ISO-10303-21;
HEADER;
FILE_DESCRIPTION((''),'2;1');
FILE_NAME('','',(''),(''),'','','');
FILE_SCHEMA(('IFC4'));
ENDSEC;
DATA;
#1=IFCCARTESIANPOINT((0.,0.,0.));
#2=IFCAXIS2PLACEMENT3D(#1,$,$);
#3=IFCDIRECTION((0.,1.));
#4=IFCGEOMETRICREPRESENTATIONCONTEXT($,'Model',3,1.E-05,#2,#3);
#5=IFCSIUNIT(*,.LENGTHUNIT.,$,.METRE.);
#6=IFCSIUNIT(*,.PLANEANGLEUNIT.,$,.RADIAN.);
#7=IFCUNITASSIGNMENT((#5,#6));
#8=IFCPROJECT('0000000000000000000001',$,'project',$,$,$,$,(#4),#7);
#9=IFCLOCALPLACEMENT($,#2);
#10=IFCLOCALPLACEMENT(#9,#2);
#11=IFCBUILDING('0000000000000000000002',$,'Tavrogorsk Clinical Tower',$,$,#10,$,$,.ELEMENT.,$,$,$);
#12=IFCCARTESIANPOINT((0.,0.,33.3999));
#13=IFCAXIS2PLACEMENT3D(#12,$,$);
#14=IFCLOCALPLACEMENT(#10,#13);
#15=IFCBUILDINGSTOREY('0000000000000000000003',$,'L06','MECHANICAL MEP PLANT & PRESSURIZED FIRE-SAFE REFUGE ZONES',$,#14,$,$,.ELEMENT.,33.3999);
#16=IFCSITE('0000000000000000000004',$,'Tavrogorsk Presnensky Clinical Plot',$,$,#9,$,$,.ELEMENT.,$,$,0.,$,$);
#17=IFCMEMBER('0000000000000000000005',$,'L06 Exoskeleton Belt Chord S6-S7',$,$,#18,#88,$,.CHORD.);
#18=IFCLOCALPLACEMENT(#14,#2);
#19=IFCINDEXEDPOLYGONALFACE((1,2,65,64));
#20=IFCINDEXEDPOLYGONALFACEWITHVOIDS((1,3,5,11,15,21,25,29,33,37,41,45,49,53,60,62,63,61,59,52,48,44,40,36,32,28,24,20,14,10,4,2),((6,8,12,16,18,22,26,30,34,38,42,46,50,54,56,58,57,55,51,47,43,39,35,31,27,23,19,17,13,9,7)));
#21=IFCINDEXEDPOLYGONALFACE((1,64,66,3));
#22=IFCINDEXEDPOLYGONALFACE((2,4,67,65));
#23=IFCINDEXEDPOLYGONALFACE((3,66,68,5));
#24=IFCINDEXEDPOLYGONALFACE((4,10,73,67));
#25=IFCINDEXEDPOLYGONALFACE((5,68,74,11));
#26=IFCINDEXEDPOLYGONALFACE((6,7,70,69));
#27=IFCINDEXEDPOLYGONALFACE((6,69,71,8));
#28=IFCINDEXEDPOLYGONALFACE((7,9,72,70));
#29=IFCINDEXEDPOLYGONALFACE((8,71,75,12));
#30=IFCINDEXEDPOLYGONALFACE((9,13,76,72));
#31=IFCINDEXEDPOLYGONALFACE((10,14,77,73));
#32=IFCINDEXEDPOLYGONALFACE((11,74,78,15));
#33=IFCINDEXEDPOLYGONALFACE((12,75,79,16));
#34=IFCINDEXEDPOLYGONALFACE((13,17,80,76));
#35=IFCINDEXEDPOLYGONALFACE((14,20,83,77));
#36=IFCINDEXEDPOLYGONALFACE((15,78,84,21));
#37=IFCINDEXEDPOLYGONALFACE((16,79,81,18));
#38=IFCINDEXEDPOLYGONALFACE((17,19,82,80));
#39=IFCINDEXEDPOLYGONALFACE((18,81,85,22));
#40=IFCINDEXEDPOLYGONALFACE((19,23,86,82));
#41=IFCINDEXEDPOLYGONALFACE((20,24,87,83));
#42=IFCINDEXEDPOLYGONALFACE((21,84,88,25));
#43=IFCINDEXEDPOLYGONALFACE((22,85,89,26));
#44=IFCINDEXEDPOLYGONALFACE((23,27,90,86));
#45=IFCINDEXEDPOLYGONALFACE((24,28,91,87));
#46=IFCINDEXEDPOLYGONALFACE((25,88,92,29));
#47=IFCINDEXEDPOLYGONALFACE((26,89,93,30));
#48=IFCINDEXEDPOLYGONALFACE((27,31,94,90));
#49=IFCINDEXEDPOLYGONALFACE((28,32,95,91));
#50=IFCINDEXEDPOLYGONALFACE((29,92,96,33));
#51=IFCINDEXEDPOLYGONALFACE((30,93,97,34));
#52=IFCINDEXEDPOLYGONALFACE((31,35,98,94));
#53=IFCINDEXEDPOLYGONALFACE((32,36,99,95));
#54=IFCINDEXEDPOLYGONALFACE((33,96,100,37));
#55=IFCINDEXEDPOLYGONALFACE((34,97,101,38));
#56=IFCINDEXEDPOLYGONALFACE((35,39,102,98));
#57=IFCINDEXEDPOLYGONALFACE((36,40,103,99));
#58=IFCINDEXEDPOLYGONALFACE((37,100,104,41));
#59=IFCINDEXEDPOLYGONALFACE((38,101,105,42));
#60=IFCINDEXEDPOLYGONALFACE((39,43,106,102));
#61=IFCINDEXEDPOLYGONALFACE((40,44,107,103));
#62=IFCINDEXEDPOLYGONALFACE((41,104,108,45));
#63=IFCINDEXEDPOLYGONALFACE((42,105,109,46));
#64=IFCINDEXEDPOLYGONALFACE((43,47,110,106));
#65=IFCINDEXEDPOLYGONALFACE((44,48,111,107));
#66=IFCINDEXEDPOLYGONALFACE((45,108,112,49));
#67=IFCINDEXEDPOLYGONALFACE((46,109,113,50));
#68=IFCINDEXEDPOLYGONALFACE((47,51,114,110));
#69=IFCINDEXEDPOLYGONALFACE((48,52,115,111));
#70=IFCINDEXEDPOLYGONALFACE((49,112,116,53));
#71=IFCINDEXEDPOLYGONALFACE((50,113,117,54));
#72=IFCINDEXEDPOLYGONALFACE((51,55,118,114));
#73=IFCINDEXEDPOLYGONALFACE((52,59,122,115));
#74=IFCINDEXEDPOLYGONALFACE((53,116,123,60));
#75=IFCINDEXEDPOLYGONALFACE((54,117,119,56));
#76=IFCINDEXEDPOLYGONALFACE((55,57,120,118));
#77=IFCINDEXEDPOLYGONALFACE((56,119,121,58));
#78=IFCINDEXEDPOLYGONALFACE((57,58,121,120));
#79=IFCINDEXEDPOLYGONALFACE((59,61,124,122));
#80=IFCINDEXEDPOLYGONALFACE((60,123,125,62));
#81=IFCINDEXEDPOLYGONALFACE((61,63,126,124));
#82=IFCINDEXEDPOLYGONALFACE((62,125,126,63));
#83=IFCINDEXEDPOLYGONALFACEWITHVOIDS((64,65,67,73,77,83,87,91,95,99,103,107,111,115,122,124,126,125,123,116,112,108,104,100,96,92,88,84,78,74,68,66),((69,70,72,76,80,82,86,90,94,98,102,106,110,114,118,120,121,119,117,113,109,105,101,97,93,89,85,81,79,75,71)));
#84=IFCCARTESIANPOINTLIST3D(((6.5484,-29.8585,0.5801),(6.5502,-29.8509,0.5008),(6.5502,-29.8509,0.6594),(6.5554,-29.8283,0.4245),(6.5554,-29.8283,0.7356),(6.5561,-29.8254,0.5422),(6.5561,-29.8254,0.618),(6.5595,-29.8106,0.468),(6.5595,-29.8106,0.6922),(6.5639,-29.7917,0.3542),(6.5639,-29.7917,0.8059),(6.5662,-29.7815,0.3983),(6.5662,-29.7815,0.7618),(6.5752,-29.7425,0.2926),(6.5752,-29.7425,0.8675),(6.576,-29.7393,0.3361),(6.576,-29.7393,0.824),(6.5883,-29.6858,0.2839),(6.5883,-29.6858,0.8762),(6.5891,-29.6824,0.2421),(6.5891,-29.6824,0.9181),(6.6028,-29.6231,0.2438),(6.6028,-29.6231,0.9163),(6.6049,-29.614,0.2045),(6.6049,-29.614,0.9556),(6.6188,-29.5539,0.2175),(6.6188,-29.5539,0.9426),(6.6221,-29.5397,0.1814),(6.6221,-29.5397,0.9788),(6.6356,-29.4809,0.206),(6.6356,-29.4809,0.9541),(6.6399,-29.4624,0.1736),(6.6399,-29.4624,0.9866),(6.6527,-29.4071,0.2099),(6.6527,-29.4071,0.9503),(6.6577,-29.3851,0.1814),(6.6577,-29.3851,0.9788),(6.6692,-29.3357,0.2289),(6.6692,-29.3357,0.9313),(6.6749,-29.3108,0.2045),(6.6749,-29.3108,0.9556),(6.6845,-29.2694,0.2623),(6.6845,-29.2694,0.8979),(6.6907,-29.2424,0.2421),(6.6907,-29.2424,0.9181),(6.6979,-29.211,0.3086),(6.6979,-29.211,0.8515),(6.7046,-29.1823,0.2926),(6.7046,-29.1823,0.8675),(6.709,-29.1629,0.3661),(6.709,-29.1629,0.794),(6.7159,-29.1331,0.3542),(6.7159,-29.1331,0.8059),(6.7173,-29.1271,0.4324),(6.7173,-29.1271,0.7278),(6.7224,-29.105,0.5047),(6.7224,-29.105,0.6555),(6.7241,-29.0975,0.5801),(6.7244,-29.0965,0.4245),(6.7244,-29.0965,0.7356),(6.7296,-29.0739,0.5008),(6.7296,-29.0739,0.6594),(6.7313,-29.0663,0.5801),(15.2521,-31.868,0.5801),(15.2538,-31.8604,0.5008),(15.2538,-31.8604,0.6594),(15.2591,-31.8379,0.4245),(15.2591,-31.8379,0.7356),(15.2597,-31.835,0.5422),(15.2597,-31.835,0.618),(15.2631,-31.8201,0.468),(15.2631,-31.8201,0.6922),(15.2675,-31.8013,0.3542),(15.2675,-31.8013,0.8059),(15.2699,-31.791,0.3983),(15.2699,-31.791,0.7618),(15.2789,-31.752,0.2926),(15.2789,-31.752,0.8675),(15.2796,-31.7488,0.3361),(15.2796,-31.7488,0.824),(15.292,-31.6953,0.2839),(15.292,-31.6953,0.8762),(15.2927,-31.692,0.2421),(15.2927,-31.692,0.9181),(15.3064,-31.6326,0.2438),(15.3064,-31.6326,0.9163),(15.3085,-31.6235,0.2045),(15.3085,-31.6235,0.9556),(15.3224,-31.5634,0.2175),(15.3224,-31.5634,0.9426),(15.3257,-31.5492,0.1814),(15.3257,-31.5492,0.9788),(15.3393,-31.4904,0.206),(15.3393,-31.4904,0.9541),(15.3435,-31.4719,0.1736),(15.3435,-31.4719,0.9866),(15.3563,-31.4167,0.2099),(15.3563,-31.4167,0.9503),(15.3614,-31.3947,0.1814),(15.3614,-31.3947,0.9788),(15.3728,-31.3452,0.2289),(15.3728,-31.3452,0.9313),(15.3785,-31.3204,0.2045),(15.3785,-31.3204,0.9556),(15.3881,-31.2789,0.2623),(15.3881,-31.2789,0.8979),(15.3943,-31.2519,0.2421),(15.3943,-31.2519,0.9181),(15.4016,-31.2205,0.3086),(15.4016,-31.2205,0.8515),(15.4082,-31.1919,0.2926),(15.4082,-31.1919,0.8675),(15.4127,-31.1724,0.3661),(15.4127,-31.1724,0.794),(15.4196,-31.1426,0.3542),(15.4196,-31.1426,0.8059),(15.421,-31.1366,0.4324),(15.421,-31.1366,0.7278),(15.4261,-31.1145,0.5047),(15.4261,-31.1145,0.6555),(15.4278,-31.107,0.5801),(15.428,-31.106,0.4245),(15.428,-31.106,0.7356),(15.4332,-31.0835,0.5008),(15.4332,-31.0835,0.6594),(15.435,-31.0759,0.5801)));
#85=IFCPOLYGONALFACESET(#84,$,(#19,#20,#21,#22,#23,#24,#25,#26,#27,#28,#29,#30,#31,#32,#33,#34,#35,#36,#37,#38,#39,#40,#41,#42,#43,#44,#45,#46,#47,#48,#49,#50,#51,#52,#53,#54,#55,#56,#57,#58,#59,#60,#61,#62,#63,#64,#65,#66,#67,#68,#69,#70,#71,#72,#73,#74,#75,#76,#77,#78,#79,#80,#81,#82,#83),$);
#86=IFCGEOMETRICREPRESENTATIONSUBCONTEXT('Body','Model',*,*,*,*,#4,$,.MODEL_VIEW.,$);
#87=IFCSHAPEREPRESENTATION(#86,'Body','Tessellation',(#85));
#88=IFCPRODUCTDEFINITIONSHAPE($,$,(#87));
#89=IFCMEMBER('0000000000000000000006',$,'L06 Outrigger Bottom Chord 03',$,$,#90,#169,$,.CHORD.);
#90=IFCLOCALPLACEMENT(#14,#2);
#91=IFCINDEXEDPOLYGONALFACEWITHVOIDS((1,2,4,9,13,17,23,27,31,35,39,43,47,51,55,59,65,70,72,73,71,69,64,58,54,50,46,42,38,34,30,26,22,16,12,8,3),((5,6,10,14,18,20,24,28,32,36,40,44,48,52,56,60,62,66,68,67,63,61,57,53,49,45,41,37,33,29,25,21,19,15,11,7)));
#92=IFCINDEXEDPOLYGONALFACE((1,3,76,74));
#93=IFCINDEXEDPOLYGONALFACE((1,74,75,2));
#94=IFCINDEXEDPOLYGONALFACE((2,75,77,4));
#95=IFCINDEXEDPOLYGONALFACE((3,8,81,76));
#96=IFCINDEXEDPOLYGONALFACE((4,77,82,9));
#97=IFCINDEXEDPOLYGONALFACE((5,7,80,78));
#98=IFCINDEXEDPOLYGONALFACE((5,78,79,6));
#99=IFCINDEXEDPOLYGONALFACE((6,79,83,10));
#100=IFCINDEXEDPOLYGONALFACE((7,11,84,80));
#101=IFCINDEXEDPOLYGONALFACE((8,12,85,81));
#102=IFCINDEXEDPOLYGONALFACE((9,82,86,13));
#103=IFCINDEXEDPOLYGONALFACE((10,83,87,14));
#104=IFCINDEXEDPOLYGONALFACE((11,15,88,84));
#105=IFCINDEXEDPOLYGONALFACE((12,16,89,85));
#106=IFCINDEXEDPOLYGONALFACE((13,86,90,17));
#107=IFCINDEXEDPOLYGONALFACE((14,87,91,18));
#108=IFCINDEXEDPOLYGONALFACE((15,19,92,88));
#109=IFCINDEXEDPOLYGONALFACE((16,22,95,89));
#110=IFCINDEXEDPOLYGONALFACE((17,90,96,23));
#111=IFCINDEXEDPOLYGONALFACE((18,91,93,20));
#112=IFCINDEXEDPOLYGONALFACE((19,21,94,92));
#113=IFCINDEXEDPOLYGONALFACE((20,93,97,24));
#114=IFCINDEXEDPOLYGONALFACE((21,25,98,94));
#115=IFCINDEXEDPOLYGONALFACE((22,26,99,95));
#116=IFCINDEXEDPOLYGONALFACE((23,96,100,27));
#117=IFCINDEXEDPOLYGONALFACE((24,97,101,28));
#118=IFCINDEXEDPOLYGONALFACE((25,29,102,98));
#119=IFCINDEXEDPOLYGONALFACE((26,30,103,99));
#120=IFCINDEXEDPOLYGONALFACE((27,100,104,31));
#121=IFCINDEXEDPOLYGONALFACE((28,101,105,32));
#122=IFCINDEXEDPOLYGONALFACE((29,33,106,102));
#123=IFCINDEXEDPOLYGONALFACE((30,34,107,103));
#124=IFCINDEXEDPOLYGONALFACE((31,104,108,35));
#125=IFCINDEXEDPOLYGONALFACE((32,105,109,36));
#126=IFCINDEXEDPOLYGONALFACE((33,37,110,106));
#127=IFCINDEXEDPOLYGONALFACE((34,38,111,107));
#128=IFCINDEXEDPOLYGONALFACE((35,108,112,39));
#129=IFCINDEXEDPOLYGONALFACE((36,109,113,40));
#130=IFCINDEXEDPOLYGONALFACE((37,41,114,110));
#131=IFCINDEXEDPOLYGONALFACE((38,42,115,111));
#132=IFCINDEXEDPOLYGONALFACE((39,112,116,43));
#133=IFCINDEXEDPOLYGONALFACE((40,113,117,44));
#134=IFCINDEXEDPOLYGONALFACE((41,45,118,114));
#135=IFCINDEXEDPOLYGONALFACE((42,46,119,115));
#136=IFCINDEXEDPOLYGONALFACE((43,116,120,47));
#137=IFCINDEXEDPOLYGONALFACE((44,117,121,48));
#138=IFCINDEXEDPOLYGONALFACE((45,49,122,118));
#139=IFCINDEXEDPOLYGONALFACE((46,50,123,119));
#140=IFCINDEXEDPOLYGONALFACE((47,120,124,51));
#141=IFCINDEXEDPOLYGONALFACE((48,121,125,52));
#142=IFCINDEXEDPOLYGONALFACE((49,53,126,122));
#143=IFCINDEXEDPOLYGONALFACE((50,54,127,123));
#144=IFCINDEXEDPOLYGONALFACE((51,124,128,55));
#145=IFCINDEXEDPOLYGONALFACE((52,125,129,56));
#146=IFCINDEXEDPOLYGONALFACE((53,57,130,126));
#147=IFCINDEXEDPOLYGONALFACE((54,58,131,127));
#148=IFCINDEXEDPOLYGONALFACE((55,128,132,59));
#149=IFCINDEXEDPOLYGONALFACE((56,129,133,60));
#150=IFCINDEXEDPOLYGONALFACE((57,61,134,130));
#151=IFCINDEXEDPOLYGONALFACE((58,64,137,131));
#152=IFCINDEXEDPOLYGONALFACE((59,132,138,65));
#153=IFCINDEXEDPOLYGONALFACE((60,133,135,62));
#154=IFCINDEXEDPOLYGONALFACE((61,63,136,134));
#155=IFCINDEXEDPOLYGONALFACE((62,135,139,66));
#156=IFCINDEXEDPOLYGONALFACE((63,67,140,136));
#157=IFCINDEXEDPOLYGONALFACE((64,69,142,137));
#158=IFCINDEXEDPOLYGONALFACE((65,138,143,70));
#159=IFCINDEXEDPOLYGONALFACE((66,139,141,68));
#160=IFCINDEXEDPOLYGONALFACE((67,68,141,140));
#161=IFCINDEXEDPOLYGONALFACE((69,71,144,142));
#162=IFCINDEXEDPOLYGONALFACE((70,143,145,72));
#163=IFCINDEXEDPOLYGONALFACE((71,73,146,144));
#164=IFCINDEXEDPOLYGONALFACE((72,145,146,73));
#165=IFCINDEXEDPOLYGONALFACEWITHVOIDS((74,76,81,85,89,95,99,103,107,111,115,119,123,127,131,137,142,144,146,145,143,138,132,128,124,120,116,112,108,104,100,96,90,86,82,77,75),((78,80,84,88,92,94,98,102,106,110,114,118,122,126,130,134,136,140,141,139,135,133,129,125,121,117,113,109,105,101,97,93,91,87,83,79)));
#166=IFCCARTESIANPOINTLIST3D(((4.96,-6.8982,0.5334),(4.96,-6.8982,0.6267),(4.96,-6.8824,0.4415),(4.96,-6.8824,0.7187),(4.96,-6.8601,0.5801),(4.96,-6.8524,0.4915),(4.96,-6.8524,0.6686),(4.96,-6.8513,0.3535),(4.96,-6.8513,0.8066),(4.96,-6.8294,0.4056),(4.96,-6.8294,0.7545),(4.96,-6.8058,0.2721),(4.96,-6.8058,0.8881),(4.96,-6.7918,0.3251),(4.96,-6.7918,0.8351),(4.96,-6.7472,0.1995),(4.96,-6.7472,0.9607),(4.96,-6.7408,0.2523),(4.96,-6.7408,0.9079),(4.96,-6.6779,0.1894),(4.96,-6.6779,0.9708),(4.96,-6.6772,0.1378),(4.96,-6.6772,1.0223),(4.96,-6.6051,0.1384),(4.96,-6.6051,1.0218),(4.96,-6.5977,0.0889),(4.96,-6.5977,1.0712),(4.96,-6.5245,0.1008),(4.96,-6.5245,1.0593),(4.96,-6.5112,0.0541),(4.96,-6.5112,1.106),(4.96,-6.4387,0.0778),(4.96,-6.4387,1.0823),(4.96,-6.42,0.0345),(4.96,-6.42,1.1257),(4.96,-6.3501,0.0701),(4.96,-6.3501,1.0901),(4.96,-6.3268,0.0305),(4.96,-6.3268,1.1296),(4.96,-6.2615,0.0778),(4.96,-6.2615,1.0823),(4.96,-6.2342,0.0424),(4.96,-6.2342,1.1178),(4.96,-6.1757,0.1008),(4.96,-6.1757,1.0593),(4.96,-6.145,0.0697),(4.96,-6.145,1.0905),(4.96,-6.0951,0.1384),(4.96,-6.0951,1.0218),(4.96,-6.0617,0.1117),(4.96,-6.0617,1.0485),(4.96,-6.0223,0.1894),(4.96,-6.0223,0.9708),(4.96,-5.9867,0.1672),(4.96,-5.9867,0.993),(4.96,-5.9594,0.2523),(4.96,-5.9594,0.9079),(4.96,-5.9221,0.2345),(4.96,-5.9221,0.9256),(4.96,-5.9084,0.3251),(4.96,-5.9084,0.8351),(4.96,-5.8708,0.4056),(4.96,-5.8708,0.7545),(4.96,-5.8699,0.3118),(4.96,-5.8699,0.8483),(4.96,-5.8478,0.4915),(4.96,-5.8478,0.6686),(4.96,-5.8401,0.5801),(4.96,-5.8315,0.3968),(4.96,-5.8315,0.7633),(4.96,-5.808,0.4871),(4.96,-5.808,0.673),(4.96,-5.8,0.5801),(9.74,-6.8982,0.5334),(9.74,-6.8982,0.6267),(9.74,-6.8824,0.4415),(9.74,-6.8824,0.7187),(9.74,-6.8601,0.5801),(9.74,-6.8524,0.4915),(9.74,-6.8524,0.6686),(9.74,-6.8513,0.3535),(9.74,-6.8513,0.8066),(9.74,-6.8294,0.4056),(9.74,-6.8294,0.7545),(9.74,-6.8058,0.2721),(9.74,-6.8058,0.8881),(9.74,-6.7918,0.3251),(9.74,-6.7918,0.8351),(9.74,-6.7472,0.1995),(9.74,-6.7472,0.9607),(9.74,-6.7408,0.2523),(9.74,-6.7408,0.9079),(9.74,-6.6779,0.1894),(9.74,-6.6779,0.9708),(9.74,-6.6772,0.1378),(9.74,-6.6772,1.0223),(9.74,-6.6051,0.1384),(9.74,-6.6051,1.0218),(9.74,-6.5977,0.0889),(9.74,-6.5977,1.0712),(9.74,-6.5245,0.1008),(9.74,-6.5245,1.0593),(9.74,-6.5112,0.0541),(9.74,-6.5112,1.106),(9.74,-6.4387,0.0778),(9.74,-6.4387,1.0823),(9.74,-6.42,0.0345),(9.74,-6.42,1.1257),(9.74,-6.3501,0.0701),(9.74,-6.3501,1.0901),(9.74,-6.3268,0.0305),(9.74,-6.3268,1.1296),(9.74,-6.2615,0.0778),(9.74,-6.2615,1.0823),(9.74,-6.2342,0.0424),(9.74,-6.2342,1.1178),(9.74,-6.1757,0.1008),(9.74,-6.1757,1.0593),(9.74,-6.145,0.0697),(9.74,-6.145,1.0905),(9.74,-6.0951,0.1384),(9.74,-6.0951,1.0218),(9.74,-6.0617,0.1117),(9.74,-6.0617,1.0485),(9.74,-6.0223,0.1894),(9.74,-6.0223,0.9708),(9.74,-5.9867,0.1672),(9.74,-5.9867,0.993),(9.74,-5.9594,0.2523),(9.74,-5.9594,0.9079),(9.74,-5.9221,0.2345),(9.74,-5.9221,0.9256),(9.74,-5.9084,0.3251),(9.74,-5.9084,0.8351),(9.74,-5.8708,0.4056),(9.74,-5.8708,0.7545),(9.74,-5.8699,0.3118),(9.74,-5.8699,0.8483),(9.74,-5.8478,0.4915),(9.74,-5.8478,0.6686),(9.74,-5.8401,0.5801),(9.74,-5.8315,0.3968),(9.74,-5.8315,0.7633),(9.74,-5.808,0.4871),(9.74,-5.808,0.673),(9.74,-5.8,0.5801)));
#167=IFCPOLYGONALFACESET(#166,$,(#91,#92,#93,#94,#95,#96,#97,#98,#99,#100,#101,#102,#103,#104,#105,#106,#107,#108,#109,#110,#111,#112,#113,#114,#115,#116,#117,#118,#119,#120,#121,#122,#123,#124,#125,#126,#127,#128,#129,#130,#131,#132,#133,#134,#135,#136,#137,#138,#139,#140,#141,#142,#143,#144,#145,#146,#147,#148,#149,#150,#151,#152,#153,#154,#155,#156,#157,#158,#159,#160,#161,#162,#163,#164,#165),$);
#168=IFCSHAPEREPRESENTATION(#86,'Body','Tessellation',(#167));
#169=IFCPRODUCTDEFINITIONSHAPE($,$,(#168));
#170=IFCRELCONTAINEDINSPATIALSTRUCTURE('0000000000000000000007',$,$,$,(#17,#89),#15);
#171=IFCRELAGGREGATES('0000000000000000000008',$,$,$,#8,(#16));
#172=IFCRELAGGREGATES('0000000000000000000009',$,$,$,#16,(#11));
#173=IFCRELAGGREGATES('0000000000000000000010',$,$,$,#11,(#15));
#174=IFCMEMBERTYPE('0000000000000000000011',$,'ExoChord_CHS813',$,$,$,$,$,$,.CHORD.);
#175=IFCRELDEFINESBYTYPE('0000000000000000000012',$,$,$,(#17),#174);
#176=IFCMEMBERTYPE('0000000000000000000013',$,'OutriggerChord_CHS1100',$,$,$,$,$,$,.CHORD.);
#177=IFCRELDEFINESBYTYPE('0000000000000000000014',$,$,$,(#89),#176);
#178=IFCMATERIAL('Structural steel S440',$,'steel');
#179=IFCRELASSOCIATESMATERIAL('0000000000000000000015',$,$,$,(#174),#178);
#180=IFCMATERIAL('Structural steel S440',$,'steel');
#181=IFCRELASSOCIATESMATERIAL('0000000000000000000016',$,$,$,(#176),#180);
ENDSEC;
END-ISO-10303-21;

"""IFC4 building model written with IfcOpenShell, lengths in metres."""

from ifc_helpers import new_model, si_unit, direction, frame, origin, origin_2d, place, context, subcontext, project, spatial, hollow_circle, extrude, material, material_profile, profile_set, type_object, element, save


model = new_model("IFC4")

# Units and contexts
model_context = context("Model", 3, precision=1e-05, world=origin(), true_north=direction((0.0, 1.0)))
body_context = subcontext(model_context, "Body", "Model", "MODEL_VIEW")
ifc_project = project(units=[si_unit("LENGTHUNIT", "METRE"), si_unit("PLANEANGLEUNIT", "RADIAN")], contexts=[model_context])

# Site, building, storey
site_placement = place(None, origin())
site = spatial("IfcSite", under=ifc_project, at=site_placement, Name="Tavrogorsk Presnensky Clinical Plot", CompositionType="ELEMENT", RefElevation=0.0)
building_placement = place(site_placement, origin())
building = spatial("IfcBuilding", under=site, at=building_placement, Name="Tavrogorsk Clinical Tower", CompositionType="ELEMENT")
storey_placement = place(building_placement, frame((0.0, 0.0, 33.3999)))
storey = spatial("IfcBuildingStorey", under=building, at=storey_placement, Name="L06", Description="MECHANICAL MEP PLANT & PRESSURIZED FIRE-SAFE REFUGE ZONES", CompositionType="ELEMENT", Elevation=33.3999)

# Members
ifc_material_1 = material(Name="Structural steel S440", Category="steel")
ifc_material_profile_1 = material_profile(ifc_material_1, hollow_circle(Radius=0.4065, WallThickness=0.032, at=origin_2d()), Name="CHS-813x32")
ifc_profile_set_1 = profile_set([ifc_material_profile_1], Name="Structural steel S440")
member_type_1 = type_object("IfcMemberType", Name="ExoChord_CHS813", PredefinedType="CHORD", material=ifc_profile_set_1)
member_1_placement = place(storey_placement, frame((6.6399, -29.4624, 0.5801), z_axis=(0.974367, -0.224965, 0.0), x_axis=(0.224965, 0.974367, 0.0)))
element("IfcMember", 1, at=member_1_placement, inside=storey, type_object=member_type_1, Name="L06 Exoskeleton Belt Chord S6-S7", PredefinedType="CHORD", context=body_context, shape_type="SweptSolid", body=[
    extrude(hollow_circle(Radius=0.4065, WallThickness=0.032, at=origin_2d()), origin(), (0.0, 0.0, 1.0), 8.9326),
])
ifc_material_2 = material(Name="Structural steel S440", Category="steel")
ifc_material_profile_2 = material_profile(ifc_material_2, hollow_circle(Radius=0.55, WallThickness=0.04, at=origin_2d()), Name="CHS-1100x40")
ifc_profile_set_2 = profile_set([ifc_material_profile_2], Name="Structural steel S440")
member_type_2 = type_object("IfcMemberType", Name="OutriggerChord_CHS1100", PredefinedType="CHORD", material=ifc_profile_set_2)
member_2_placement = place(storey_placement, frame((4.96, -6.3501, 0.5801), z_axis=(1.0, 0.0, 0.0), x_axis=(0.0, 1.0, 0.0)))
element("IfcMember", 2, at=member_2_placement, inside=storey, type_object=member_type_2, Name="L06 Outrigger Bottom Chord 03", PredefinedType="CHORD", context=body_context, shape_type="SweptSolid", body=[
    extrude(hollow_circle(Radius=0.55, WallThickness=0.04, at=origin_2d()), origin(), (0.0, 0.0, 1.0), 4.78),
])

save(model, "model.ifc")
